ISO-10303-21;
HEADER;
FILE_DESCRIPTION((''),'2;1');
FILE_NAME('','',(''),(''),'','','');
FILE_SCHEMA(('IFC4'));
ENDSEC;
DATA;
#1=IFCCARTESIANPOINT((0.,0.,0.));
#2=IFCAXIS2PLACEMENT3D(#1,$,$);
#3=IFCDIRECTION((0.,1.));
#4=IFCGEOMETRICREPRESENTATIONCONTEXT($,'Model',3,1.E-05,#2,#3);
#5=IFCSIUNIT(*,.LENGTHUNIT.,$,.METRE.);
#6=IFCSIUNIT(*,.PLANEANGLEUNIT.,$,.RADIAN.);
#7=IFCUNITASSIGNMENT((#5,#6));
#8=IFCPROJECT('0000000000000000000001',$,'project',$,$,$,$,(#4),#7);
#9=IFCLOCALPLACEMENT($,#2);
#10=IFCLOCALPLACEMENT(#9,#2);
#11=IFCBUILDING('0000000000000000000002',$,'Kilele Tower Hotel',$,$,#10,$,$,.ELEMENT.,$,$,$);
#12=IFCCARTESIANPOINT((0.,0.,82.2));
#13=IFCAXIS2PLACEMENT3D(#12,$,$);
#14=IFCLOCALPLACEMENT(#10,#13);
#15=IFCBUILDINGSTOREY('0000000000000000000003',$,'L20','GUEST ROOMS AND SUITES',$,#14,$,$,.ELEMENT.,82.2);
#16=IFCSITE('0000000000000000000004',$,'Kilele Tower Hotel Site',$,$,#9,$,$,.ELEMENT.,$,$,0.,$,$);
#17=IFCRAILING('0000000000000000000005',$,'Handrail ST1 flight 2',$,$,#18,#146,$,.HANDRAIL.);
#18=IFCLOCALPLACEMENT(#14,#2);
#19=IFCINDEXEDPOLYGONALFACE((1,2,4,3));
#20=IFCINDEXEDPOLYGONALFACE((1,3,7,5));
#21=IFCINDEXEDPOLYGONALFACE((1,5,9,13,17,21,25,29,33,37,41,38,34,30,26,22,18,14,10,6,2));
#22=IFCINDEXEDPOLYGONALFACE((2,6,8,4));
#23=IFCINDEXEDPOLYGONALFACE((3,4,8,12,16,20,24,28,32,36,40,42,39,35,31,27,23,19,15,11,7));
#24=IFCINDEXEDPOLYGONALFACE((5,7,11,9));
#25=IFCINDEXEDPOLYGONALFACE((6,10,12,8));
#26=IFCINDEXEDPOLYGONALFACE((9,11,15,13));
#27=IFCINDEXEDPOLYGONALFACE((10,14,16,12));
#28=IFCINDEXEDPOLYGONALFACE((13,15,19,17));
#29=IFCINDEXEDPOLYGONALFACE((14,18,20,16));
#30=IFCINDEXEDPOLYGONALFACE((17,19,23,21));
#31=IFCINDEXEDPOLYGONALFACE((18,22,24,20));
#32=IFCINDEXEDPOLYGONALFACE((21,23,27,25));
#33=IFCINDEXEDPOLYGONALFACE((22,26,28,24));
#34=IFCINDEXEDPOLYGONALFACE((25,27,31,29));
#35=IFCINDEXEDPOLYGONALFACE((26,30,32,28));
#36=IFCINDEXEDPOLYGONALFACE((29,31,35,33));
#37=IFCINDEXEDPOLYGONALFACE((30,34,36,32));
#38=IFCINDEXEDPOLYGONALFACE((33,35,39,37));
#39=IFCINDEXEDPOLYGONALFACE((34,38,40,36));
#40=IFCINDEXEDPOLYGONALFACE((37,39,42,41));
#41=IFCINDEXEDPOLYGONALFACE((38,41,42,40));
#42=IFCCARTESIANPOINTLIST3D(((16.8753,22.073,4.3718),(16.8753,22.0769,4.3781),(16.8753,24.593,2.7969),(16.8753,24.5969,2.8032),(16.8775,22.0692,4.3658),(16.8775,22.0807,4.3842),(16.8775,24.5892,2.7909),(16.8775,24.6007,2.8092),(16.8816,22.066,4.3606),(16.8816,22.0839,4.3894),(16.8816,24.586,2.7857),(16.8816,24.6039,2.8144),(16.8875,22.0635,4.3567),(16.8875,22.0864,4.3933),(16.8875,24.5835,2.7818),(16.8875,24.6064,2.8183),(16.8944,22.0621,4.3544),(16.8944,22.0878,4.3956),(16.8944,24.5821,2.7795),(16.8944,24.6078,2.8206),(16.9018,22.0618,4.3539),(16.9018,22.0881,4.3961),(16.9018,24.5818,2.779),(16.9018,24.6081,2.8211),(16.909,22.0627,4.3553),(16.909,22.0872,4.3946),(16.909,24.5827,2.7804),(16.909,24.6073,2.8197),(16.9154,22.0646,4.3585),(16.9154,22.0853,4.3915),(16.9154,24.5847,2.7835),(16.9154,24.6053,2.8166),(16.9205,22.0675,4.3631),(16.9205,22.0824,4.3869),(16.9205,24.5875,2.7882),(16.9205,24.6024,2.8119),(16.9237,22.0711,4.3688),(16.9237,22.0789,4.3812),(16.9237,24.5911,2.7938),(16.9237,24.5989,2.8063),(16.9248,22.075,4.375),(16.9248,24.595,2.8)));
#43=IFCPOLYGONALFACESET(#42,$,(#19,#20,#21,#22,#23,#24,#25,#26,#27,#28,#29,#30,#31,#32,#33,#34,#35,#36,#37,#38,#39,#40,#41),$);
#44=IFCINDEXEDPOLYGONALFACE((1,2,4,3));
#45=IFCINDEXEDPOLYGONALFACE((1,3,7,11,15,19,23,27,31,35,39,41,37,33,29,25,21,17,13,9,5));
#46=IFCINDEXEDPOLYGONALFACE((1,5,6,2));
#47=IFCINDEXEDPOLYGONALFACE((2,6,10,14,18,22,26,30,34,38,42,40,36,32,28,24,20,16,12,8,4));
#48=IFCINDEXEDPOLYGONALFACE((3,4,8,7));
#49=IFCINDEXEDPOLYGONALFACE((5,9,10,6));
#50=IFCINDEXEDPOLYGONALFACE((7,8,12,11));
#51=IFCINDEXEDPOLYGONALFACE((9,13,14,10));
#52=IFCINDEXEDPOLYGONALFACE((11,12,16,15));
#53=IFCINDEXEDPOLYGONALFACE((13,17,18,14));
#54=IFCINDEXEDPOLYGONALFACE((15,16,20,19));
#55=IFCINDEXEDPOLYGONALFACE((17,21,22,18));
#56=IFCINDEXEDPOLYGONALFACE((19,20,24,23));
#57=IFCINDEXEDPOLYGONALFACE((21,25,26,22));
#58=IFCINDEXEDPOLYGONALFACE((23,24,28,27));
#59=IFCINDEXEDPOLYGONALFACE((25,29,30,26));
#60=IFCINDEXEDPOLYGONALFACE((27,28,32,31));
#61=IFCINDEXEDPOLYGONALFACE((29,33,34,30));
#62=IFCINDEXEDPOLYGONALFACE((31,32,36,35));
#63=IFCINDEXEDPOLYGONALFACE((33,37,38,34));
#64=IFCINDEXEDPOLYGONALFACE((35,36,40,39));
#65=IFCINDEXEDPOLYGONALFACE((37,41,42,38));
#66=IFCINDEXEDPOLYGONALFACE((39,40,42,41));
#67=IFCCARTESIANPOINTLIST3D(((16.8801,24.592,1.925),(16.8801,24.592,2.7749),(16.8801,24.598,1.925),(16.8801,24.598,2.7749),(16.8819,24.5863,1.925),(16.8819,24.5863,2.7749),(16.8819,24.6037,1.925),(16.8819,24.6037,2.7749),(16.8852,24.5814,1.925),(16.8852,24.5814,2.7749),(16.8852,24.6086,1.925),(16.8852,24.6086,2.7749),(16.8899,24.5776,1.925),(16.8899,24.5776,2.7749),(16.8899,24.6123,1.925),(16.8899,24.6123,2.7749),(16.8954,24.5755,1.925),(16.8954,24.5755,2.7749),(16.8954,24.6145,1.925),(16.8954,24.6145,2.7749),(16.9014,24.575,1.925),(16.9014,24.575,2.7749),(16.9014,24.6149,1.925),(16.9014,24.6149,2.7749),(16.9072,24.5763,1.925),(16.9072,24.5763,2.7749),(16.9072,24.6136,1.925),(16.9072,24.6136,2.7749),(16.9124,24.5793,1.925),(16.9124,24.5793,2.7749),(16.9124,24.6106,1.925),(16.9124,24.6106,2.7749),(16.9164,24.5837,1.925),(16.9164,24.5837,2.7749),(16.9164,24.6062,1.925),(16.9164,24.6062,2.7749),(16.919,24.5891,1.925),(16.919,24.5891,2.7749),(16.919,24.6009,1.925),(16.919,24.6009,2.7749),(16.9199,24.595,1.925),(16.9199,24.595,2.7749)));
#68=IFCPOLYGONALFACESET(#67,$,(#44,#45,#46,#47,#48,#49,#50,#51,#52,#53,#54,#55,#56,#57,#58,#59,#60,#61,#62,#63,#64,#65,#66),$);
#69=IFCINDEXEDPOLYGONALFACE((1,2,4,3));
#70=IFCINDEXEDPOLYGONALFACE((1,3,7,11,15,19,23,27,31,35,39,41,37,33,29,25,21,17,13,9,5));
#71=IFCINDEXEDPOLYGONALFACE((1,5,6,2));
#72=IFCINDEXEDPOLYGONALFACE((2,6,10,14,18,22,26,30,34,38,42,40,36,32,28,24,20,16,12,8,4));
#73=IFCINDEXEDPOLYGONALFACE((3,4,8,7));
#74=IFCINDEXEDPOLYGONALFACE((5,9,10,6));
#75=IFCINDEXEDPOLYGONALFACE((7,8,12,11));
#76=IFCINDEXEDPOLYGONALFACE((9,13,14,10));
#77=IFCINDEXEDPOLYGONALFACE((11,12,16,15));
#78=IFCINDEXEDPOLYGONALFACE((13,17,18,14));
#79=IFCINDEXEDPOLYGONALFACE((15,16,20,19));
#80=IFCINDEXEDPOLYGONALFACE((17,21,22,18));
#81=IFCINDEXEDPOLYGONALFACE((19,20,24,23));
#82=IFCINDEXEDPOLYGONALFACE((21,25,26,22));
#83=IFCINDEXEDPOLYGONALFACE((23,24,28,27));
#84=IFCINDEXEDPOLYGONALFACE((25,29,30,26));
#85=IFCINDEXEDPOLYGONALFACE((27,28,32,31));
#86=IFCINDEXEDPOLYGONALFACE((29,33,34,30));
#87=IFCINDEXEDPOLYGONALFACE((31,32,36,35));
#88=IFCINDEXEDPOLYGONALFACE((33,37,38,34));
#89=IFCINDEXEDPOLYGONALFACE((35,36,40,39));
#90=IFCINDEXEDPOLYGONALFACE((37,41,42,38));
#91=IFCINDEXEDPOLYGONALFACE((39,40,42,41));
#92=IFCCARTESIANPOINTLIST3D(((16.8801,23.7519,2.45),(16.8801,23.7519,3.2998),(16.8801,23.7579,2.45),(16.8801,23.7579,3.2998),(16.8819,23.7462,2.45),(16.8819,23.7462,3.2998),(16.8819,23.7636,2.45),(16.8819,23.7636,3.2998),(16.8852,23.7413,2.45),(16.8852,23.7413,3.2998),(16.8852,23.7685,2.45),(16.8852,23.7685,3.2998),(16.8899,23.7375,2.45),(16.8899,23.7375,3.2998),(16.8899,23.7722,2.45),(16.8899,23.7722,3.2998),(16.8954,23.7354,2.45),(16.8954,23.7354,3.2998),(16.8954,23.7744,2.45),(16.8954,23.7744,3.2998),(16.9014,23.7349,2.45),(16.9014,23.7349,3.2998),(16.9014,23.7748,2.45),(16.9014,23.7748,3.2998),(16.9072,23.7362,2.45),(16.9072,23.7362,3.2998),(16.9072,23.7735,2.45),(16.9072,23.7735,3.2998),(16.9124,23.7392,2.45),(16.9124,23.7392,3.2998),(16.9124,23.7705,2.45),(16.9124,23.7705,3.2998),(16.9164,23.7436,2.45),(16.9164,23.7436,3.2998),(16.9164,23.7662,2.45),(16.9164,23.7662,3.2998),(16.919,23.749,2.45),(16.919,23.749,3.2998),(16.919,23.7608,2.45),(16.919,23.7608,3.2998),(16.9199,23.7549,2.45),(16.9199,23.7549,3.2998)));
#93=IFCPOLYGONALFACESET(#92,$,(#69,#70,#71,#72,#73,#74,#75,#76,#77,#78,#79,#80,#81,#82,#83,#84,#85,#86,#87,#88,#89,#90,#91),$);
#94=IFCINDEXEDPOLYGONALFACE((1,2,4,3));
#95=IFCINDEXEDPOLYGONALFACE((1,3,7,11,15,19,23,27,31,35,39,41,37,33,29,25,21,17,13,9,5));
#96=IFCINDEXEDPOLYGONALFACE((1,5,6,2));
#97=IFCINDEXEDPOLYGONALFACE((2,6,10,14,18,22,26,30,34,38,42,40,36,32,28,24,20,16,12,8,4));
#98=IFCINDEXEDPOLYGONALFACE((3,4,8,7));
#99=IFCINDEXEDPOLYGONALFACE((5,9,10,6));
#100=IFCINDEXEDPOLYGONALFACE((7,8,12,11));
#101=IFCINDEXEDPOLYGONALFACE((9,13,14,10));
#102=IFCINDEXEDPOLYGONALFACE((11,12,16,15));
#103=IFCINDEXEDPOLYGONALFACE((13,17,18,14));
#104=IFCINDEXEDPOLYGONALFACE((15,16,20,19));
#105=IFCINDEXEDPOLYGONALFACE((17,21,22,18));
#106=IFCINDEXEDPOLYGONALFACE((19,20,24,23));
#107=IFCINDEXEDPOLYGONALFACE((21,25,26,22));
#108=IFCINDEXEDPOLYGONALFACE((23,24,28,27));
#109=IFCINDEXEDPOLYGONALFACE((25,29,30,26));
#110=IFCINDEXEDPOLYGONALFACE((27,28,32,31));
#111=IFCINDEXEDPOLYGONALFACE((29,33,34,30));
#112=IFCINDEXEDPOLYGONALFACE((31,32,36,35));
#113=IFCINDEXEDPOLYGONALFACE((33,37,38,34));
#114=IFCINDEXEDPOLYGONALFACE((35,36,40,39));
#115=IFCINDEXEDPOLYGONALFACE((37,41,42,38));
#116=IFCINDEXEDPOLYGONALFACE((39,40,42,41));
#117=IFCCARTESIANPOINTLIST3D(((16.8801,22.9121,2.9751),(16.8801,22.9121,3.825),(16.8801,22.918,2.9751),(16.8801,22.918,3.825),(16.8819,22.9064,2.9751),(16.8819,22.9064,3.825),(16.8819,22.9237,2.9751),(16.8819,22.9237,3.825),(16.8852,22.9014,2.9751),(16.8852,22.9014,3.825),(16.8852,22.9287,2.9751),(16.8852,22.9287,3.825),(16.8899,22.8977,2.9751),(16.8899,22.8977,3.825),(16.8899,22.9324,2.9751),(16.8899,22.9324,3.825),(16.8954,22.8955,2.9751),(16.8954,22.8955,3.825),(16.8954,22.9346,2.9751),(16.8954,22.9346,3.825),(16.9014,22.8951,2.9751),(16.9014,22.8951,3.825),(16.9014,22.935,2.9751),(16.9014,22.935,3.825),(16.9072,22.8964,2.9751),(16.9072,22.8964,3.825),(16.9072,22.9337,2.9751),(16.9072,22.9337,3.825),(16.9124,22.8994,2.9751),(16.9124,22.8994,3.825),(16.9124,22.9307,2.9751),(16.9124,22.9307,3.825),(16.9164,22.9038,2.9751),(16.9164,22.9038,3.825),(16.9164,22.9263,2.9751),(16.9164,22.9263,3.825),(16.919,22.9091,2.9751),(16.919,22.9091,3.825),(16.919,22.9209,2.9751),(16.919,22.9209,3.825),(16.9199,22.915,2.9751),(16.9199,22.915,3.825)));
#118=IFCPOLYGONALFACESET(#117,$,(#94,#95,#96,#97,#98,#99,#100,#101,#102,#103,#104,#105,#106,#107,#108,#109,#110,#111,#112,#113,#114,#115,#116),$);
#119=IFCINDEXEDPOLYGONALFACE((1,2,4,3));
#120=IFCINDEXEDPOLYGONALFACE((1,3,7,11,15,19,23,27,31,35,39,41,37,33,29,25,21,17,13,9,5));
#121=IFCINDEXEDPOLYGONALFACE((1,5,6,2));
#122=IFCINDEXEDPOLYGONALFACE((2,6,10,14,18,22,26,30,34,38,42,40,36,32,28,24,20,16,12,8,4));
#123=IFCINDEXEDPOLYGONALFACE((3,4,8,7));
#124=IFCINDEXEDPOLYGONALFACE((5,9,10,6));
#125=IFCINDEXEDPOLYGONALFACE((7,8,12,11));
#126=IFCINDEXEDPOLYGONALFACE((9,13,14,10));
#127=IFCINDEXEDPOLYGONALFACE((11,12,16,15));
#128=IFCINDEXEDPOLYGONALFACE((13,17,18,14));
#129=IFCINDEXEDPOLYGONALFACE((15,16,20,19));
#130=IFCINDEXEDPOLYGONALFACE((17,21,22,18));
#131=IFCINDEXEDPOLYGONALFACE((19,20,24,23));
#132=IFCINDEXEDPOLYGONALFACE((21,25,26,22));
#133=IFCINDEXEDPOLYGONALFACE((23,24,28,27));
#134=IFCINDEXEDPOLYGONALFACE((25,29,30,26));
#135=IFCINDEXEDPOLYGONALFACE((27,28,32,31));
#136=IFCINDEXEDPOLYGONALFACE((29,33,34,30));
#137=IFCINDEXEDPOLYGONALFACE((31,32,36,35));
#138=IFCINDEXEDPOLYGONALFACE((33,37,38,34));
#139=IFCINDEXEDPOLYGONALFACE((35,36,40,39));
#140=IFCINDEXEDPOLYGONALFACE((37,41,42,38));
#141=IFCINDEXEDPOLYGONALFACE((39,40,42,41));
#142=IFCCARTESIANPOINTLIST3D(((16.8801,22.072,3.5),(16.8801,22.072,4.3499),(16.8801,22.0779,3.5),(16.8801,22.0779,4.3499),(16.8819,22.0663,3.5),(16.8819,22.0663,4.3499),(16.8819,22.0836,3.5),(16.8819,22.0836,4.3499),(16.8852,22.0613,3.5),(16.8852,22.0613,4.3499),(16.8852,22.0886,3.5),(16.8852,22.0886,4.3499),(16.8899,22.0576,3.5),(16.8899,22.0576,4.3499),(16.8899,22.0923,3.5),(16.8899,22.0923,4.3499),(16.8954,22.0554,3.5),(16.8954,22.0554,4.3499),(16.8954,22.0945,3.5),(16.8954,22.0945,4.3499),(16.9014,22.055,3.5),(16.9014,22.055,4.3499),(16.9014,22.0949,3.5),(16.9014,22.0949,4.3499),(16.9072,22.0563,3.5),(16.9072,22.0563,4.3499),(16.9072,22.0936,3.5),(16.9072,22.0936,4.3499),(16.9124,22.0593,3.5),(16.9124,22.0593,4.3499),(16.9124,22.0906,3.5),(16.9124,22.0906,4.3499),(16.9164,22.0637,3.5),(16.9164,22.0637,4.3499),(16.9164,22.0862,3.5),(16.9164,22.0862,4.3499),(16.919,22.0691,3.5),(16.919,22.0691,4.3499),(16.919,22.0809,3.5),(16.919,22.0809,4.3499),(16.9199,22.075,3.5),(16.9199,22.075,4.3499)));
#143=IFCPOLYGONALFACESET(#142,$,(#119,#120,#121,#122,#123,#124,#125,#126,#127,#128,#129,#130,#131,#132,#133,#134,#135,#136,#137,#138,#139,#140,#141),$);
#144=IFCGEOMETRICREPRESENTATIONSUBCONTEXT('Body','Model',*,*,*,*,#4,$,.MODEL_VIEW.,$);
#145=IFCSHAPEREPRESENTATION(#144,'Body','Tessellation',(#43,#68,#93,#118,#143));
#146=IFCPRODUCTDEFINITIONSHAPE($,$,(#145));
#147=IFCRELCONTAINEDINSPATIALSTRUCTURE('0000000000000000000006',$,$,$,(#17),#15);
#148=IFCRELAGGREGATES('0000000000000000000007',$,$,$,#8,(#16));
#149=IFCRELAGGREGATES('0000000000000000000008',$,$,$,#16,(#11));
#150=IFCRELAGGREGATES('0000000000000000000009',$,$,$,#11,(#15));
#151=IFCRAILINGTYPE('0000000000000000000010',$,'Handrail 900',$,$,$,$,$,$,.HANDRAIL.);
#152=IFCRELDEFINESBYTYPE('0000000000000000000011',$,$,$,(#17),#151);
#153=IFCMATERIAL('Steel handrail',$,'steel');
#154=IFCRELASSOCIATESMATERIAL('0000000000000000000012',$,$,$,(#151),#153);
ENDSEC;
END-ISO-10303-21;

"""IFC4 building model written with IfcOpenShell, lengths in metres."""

from ifc_helpers import new_model, si_unit, direction, frame, origin, origin_2d, place, context, subcontext, project, spatial, circle, extrude, material, type_object, element, save


model = new_model("IFC4")

# Units and contexts
model_context = context("Model", 3, precision=1e-05, world=origin(), true_north=direction((0.0, 1.0)))
body_context = subcontext(model_context, "Body", "Model", "MODEL_VIEW")
ifc_project = project(units=[si_unit("LENGTHUNIT", "METRE"), si_unit("PLANEANGLEUNIT", "RADIAN")], contexts=[model_context])

# Site, building, storey
site_placement = place(None, origin())
site = spatial("IfcSite", under=ifc_project, at=site_placement, Name="Kilele Tower Hotel Site", CompositionType="ELEMENT", RefElevation=0.0)
building_placement = place(site_placement, origin())
building = spatial("IfcBuilding", under=site, at=building_placement, Name="Kilele Tower Hotel", CompositionType="ELEMENT")
storey_placement = place(building_placement, frame((0.0, 0.0, 82.2)))
storey = spatial("IfcBuildingStorey", under=building, at=storey_placement, Name="L20", Description="GUEST ROOMS AND SUITES", CompositionType="ELEMENT", Elevation=82.2)

# Railing
ifc_material_1 = material(Name="Steel handrail", Category="steel")
railing_type_1 = type_object("IfcRailingType", Name="Handrail 900", PredefinedType="HANDRAIL", material=ifc_material_1)
for number, where, name in (
    (1, (16.8999, 24.595, 1.925), "Handrail ST1 flight 2"),
):
    element("IfcRailing", number, at=place(storey_placement, frame(where)), inside=storey, type_object=railing_type_1, Name=name, PredefinedType="HANDRAIL", context=body_context, shape_type="SweptSolid", body=[
        extrude(circle(Radius=0.0249, at=origin_2d()), frame((0.0, 0.0, 0.875), z_axis=(0.0, -0.848008, 0.529984), x_axis=(1.0, 0.0, 0.0)), (0.0, 0.0, 1.0), 2.9717),
        extrude(circle(Radius=0.02, at=origin_2d()), origin(), (0.0, 0.0, 1.0), 0.8499),
        extrude(circle(Radius=0.02, at=origin_2d()), frame((0.0, -0.8401, 0.5249)), (0.0, 0.0, 1.0), 0.8499),
        extrude(circle(Radius=0.02, at=origin_2d()), frame((0.0, -1.6799, 1.05)), (0.0, 0.0, 1.0), 0.8499),
        extrude(circle(Radius=0.02, at=origin_2d()), frame((0.0, -2.52, 1.575)), (0.0, 0.0, 1.0), 0.8499),
    ])

save(model, "model.ifc")
